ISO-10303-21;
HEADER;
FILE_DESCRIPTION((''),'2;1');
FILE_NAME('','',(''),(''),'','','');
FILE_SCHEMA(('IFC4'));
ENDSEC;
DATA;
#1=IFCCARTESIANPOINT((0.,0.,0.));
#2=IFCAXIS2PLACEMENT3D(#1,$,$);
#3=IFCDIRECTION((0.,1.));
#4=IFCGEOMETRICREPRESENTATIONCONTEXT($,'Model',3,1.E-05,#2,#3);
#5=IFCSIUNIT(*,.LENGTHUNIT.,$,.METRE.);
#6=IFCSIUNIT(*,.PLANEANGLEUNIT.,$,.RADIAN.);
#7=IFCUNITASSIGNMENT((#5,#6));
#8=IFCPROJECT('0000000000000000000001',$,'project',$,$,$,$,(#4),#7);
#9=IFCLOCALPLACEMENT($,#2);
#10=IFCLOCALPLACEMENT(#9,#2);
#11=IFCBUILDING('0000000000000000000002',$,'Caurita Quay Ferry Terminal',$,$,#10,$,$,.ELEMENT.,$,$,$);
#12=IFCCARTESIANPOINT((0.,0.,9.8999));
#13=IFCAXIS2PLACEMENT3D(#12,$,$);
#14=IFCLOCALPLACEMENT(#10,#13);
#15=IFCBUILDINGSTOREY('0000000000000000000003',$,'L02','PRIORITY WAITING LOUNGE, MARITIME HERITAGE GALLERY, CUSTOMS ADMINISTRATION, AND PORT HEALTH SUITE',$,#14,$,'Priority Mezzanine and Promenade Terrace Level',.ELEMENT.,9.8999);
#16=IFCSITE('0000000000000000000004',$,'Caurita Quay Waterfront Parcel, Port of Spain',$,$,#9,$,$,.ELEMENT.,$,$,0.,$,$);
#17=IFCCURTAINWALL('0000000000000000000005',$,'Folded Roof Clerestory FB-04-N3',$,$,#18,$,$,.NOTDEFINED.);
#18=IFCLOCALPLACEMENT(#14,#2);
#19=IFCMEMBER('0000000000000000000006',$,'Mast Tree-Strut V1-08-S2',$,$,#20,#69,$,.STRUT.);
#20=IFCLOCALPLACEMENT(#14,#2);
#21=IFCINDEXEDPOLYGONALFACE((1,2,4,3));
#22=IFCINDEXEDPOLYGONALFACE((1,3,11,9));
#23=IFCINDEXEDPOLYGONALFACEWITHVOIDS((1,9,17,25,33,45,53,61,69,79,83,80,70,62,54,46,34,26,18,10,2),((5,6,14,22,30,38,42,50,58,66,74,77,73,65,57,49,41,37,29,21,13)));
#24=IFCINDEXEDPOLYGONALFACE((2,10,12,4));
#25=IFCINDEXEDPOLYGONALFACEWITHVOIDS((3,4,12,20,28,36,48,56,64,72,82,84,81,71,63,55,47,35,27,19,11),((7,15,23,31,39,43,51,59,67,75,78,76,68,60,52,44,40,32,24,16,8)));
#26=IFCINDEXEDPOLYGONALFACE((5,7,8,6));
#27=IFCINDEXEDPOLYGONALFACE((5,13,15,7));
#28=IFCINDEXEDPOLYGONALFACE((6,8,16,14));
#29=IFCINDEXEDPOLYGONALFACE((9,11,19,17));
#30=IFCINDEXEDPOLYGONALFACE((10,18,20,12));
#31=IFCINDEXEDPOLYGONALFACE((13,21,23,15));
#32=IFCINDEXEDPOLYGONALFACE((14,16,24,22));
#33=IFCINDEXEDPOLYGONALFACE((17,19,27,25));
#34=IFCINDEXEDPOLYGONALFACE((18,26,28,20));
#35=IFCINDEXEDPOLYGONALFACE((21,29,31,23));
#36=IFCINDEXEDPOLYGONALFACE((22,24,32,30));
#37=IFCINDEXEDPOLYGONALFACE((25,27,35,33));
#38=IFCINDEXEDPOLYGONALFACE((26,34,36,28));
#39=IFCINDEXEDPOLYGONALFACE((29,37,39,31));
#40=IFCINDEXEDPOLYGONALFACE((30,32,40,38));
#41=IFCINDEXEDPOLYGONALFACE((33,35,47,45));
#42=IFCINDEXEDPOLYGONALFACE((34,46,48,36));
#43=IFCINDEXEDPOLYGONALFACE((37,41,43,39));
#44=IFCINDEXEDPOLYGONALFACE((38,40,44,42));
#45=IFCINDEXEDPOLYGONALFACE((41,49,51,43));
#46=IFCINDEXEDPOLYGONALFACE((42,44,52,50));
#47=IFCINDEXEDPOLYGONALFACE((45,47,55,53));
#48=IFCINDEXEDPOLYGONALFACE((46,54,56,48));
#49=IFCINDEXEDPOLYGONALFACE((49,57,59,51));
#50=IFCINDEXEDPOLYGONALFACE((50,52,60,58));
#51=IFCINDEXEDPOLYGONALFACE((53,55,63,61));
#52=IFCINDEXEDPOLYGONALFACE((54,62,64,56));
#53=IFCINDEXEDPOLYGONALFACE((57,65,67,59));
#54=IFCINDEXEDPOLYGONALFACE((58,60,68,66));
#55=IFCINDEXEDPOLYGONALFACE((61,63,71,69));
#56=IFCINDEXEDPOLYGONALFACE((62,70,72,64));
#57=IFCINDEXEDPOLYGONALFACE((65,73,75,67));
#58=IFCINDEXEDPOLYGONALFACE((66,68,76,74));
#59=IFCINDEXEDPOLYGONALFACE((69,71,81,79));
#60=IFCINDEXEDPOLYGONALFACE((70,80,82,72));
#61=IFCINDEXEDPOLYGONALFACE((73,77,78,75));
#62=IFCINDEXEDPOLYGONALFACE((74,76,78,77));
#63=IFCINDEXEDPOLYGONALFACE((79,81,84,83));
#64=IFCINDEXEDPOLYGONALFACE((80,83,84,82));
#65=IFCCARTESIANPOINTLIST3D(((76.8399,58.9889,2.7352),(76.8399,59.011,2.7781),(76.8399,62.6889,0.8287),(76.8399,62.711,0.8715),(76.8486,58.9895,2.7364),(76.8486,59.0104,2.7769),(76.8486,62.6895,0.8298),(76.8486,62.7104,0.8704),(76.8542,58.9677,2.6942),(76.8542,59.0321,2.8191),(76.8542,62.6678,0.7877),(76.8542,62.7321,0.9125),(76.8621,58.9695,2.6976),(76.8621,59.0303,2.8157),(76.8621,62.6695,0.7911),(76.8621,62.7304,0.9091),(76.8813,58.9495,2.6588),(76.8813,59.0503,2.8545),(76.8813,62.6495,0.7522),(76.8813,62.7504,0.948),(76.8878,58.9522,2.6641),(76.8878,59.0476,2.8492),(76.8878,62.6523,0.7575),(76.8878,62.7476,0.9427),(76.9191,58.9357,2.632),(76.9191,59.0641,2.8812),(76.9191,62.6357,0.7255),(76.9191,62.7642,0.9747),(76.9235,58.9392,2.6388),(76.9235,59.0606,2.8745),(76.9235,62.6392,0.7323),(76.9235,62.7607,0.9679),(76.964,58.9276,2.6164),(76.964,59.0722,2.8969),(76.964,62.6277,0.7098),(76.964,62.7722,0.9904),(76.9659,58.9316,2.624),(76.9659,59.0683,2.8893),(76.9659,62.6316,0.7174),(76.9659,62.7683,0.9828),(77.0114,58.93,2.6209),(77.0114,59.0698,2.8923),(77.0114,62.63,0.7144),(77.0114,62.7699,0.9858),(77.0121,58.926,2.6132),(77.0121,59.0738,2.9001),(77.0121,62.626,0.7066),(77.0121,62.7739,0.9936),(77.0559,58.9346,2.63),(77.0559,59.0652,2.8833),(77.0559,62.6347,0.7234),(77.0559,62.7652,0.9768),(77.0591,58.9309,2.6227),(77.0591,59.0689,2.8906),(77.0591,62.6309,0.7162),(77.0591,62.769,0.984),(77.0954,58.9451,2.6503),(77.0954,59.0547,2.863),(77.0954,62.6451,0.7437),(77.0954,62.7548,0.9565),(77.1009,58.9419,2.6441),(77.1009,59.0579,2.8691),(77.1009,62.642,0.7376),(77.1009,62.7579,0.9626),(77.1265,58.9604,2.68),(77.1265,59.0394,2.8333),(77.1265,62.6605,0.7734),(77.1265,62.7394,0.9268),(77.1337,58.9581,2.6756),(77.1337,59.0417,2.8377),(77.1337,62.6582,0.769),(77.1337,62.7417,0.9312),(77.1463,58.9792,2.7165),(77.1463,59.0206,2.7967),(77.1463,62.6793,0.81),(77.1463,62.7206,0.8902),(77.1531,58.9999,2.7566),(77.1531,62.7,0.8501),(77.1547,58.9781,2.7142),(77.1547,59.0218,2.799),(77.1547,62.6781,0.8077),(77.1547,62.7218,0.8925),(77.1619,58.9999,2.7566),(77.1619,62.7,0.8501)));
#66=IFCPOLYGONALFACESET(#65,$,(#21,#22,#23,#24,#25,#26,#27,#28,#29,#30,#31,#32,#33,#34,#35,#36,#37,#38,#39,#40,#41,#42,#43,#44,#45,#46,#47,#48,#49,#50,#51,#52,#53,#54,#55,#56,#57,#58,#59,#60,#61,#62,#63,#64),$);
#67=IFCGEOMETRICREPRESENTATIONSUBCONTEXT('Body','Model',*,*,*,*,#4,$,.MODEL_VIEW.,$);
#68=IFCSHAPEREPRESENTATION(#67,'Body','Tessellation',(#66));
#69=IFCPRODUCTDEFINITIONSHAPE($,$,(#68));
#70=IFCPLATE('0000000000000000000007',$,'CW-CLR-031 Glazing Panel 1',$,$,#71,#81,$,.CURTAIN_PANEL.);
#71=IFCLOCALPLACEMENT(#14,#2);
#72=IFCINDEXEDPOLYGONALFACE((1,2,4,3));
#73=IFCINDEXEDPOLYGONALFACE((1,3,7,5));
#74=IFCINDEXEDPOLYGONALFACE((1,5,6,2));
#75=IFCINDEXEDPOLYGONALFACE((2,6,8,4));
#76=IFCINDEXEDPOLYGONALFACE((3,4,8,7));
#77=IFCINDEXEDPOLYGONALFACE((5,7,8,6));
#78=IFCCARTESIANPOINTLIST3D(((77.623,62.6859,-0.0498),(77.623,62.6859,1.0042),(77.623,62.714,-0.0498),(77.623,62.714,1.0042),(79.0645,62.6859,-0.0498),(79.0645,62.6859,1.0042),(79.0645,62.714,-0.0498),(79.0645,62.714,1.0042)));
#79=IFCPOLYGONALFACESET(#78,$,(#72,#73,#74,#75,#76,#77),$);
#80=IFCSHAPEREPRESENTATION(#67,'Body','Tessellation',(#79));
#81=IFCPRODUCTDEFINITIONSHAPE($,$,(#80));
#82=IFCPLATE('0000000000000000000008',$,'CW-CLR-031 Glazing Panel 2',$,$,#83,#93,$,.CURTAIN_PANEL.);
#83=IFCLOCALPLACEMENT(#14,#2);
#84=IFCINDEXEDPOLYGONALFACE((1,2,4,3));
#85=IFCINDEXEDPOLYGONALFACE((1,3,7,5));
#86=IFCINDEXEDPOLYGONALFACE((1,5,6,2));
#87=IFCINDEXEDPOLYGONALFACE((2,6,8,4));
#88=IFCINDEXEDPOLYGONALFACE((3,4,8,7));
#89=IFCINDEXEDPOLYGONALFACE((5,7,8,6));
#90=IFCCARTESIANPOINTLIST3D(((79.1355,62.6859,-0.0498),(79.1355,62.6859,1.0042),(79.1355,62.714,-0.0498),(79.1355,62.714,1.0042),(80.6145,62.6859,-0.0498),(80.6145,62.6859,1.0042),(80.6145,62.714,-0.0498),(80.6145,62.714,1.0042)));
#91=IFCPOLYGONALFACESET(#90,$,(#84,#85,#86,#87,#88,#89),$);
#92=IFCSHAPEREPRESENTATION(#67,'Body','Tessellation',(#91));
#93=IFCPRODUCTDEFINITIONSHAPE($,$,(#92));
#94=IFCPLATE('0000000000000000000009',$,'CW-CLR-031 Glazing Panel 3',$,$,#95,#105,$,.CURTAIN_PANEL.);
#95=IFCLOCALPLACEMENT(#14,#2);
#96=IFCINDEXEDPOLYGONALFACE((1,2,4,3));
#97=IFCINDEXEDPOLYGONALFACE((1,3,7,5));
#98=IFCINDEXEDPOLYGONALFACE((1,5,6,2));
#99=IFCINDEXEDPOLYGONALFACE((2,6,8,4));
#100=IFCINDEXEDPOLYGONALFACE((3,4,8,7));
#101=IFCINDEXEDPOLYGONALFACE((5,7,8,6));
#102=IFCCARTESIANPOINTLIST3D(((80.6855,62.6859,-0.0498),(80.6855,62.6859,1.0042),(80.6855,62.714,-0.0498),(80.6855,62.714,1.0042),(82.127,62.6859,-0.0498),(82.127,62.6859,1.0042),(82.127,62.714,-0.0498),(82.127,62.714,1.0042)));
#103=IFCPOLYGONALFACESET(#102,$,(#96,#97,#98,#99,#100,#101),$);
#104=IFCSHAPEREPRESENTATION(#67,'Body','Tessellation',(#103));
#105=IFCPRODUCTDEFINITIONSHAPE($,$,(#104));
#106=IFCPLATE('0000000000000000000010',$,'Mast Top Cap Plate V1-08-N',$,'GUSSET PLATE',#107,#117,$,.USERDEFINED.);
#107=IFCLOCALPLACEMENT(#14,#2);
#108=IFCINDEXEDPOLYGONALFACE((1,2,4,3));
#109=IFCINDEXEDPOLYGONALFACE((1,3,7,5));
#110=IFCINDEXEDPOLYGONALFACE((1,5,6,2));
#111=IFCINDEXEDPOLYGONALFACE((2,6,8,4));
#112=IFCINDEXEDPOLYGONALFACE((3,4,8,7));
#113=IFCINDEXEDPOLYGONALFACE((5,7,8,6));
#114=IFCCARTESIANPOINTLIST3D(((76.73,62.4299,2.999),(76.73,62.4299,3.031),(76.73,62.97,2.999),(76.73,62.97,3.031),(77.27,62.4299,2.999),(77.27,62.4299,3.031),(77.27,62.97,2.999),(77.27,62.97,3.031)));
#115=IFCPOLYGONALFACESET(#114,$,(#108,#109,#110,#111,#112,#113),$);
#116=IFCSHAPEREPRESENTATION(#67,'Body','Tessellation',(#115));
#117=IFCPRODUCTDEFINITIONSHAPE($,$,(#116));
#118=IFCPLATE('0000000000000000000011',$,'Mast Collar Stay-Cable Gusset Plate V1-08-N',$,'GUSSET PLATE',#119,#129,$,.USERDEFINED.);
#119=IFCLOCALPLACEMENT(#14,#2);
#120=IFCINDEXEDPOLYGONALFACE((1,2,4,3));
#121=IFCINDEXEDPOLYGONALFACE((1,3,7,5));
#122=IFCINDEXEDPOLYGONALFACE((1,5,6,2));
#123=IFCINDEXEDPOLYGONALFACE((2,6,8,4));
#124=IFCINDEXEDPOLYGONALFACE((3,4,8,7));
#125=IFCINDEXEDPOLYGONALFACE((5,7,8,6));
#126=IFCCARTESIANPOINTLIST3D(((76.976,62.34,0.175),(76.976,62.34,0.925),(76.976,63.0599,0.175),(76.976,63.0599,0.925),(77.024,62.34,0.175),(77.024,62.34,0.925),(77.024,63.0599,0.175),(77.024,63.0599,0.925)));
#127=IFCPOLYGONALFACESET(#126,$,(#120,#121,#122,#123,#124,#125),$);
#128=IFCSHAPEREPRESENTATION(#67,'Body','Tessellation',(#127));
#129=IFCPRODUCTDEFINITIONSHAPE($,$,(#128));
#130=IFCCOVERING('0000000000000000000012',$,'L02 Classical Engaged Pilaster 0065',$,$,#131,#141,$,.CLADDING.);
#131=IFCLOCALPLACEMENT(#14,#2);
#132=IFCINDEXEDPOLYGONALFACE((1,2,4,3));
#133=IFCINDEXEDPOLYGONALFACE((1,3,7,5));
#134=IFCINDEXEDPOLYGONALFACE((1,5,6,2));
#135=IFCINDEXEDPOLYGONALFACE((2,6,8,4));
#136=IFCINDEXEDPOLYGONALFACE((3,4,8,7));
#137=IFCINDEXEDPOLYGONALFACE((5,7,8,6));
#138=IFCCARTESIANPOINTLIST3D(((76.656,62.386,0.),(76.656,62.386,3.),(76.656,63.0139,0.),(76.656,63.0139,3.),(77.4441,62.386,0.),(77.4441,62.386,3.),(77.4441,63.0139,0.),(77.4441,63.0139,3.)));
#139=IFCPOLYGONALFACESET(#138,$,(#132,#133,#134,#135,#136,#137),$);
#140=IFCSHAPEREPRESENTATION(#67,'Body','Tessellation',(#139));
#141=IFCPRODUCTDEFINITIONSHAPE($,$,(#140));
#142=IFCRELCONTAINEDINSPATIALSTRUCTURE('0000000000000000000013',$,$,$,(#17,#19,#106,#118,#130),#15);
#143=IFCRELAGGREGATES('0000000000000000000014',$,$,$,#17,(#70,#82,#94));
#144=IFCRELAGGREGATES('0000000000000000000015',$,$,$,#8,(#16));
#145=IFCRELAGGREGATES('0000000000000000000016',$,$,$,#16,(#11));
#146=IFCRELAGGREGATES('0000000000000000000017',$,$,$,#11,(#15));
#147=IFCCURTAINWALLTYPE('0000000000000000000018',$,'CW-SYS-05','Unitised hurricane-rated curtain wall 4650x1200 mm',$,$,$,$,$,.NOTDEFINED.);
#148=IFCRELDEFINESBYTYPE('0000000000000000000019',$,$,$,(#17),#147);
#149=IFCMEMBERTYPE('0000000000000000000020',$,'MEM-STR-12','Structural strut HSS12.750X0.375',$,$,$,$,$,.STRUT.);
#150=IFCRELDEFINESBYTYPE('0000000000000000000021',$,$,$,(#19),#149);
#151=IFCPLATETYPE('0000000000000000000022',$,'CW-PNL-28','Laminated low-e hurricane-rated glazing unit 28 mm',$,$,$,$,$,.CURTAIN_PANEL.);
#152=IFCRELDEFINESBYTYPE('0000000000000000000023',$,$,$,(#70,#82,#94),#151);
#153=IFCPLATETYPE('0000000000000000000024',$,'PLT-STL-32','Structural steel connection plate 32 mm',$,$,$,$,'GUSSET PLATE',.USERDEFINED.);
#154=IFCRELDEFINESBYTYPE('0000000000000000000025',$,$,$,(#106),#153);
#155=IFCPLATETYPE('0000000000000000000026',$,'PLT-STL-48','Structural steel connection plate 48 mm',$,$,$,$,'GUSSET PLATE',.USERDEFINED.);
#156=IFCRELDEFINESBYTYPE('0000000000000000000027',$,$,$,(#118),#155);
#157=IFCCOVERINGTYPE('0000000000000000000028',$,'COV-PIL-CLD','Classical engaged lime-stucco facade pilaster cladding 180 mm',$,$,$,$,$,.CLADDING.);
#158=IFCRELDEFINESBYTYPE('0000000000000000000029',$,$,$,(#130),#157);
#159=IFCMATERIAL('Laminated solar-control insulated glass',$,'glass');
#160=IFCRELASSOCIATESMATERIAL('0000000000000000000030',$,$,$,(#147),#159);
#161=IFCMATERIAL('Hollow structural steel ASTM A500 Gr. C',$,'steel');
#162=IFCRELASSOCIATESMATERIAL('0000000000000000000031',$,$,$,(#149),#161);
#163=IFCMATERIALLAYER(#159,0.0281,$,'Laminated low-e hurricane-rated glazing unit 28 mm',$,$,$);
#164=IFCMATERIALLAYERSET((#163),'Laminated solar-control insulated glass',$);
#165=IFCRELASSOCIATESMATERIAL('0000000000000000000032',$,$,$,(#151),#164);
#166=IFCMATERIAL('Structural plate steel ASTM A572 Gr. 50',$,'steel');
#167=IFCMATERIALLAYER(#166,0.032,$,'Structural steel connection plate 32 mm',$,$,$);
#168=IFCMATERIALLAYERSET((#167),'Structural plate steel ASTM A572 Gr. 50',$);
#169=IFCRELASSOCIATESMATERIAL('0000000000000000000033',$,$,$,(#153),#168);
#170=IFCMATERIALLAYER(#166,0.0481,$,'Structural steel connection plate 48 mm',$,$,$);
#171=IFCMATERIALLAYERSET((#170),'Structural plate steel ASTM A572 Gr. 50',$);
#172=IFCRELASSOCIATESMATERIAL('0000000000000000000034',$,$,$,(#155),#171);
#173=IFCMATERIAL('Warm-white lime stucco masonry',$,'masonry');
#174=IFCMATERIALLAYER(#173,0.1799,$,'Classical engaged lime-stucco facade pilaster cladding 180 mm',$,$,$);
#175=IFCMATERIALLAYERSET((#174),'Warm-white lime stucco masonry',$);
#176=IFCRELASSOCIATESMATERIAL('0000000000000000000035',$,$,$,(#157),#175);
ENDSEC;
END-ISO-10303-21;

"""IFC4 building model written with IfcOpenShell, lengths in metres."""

from ifc_helpers import new_model, si_unit, direction, frame, origin, origin_2d, place, context, subcontext, project, spatial, rectangle, hollow_circle, extrude, material, layer, layer_set, material_profile, profile_set, type_object, element, aggregate, save


model = new_model("IFC4")

# Units and contexts
model_context = context("Model", 3, precision=1e-05, world=origin(), true_north=direction((0.0, 1.0)))
body_context = subcontext(model_context, "Body", "Model", "MODEL_VIEW")
ifc_project = project(units=[si_unit("LENGTHUNIT", "METRE"), si_unit("PLANEANGLEUNIT", "RADIAN")], contexts=[model_context])

# Site, building, storey
site_placement = place(None, origin())
site = spatial("IfcSite", under=ifc_project, at=site_placement, Name="Caurita Quay Waterfront Parcel, Port of Spain", CompositionType="ELEMENT", RefElevation=0.0)
building_placement = place(site_placement, origin())
building = spatial("IfcBuilding", under=site, at=building_placement, Name="Caurita Quay Ferry Terminal", CompositionType="ELEMENT")
storey_placement = place(building_placement, frame((0.0, 0.0, 9.8999)))
storey = spatial("IfcBuildingStorey", under=building, at=storey_placement, Name="L02", Description="PRIORITY WAITING LOUNGE, MARITIME HERITAGE GALLERY, CUSTOMS ADMINISTRATION, AND PORT HEALTH SUITE", LongName="Priority Mezzanine and Promenade Terrace Level", CompositionType="ELEMENT", Elevation=9.8999)

# Shared definitions
ifc_material_1 = material(Name="Hollow structural steel ASTM A500 Gr. C", Category="steel")

# Curtain wall
ifc_material_2 = material(Name="Laminated solar-control insulated glass", Category="glass")
curtain_wall_type = type_object("IfcCurtainWallType", Name="CW-SYS-05", Description="Unitised hurricane-rated curtain wall 4650x1200 mm", PredefinedType="NOTDEFINED", material=ifc_material_2)
curtain_wall_placement = place(storey_placement, origin())
curtain_wall = element("IfcCurtainWall", 1, at=curtain_wall_placement, inside=storey, type_object=curtain_wall_type, Name="Folded Roof Clerestory FB-04-N3", PredefinedType="NOTDEFINED")

# Member
ifc_material_profile_1 = material_profile(ifc_material_1, hollow_circle(Radius=0.1619, WallThickness=0.0088, at=origin_2d()), Name="HSS12.750X0.375")
ifc_profile_set_1 = profile_set([ifc_material_profile_1], Name="Hollow structural steel ASTM A500 Gr. C")
member_type_1 = type_object("IfcMemberType", Name="MEM-STR-12", Description="Structural strut HSS12.750X0.375", PredefinedType="STRUT", material=ifc_profile_set_1)
member_1_placement = place(storey_placement, frame((77.0, 62.7, 0.8501), z_axis=(0.0, -0.88893, 0.458044), x_axis=(1.0, 0.0, 0.0)))
element("IfcMember", 2, at=member_1_placement, inside=storey, type_object=member_type_1, Name="Mast Tree-Strut V1-08-S2", PredefinedType="STRUT", context=body_context, shape_type="SweptSolid", body=[
    extrude(hollow_circle(Radius=0.1619, WallThickness=0.0088, at=origin_2d()), origin(), (0.0, 0.0, 1.0), 4.1624),
])

# Plates
ifc_layer_1 = layer(ifc_material_2, 0.0281, Name="Laminated low-e hurricane-rated glazing unit 28 mm")
ifc_layer_set_1 = layer_set([ifc_layer_1], Name="Laminated solar-control insulated glass")
plate_type_1 = type_object("IfcPlateType", Name="CW-PNL-28", Description="Laminated low-e hurricane-rated glazing unit 28 mm", PredefinedType="CURTAIN_PANEL", material=ifc_layer_set_1)
plate_1_placement = place(storey_placement, frame((78.3438, 62.7, -0.0498), z_axis=(0.0, 0.0, 1.0), x_axis=(1.0, 0.0, 0.0)))
plate_1 = element("IfcPlate", 3, at=plate_1_placement, type_object=plate_type_1, Name="CW-CLR-031 Glazing Panel 1", PredefinedType="CURTAIN_PANEL", context=body_context, shape_type="SweptSolid", body=[
    extrude(rectangle(XDim=1.4414, YDim=0.0281, at=origin_2d()), origin(), (0.0, 0.0, 1.0), 1.054),
])
plate_2_placement = place(storey_placement, frame((79.875, 62.7, -0.0498), z_axis=(0.0, 0.0, 1.0), x_axis=(1.0, 0.0, 0.0)))
plate_2 = element("IfcPlate", 4, at=plate_2_placement, type_object=plate_type_1, Name="CW-CLR-031 Glazing Panel 2", PredefinedType="CURTAIN_PANEL", context=body_context, shape_type="SweptSolid", body=[
    extrude(rectangle(XDim=1.479, YDim=0.0281, at=origin_2d()), origin(), (0.0, 0.0, 1.0), 1.054),
])
plate_3_placement = place(storey_placement, frame((81.4062, 62.7, -0.0498), z_axis=(0.0, 0.0, 1.0), x_axis=(1.0, 0.0, 0.0)))
plate_3 = element("IfcPlate", 5, at=plate_3_placement, type_object=plate_type_1, Name="CW-CLR-031 Glazing Panel 3", PredefinedType="CURTAIN_PANEL", context=body_context, shape_type="SweptSolid", body=[
    extrude(rectangle(XDim=1.4414, YDim=0.0281, at=origin_2d()), origin(), (0.0, 0.0, 1.0), 1.054),
])
aggregate(curtain_wall, [plate_1, plate_2, plate_3])

# Plates
ifc_material_3 = material(Name="Structural plate steel ASTM A572 Gr. 50", Category="steel")
ifc_layer_2 = layer(ifc_material_3, 0.032, Name="Structural steel connection plate 32 mm")
ifc_layer_set_2 = layer_set([ifc_layer_2], Name="Structural plate steel ASTM A572 Gr. 50")
plate_type_2 = type_object("IfcPlateType", Name="PLT-STL-32", Description="Structural steel connection plate 32 mm", ElementType="GUSSET PLATE", PredefinedType="USERDEFINED", material=ifc_layer_set_2)
plate_4_placement = place(storey_placement, frame((77.0, 62.7, 2.999), z_axis=(0.0, 0.0, 1.0), x_axis=(1.0, 0.0, 0.0)))
element("IfcPlate", 6, at=plate_4_placement, inside=storey, type_object=plate_type_2, Name="Mast Top Cap Plate V1-08-N", ObjectType="GUSSET PLATE", PredefinedType="USERDEFINED", context=body_context, shape_type="SweptSolid", body=[
    extrude(rectangle(XDim=0.54, YDim=0.54, at=origin_2d()), origin(), (0.0, 0.0, 1.0), 0.032),
])
ifc_layer_3 = layer(ifc_material_3, 0.0481, Name="Structural steel connection plate 48 mm")
ifc_layer_set_3 = layer_set([ifc_layer_3], Name="Structural plate steel ASTM A572 Gr. 50")
plate_type_3 = type_object("IfcPlateType", Name="PLT-STL-48", Description="Structural steel connection plate 48 mm", ElementType="GUSSET PLATE", PredefinedType="USERDEFINED", material=ifc_layer_set_3)
plate_5_placement = place(storey_placement, frame((77.0, 62.7, 0.175), z_axis=(0.0, 0.0, 1.0), x_axis=(1.0, 0.0, 0.0)))
element("IfcPlate", 7, at=plate_5_placement, inside=storey, type_object=plate_type_3, Name="Mast Collar Stay-Cable Gusset Plate V1-08-N", ObjectType="GUSSET PLATE", PredefinedType="USERDEFINED", context=body_context, shape_type="SweptSolid", body=[
    extrude(rectangle(XDim=0.0481, YDim=0.72, at=origin_2d()), origin(), (0.0, 0.0, 1.0), 0.75),
])

# Covering
ifc_material_4 = material(Name="Warm-white lime stucco masonry", Category="masonry")
ifc_layer_4 = layer(ifc_material_4, 0.1799, Name="Classical engaged lime-stucco facade pilaster cladding 180 mm")
ifc_layer_set_4 = layer_set([ifc_layer_4], Name="Warm-white lime stucco masonry")
covering_type = type_object("IfcCoveringType", Name="COV-PIL-CLD", Description="Classical engaged lime-stucco facade pilaster cladding 180 mm", PredefinedType="CLADDING", material=ifc_layer_set_4)
covering_placement = place(storey_placement, frame((77.05, 62.7, 0.0), z_axis=(0.0, 0.0, 1.0), x_axis=(1.0, 0.0, 0.0)))
element("IfcCovering", 8, at=covering_placement, inside=storey, type_object=covering_type, Name="L02 Classical Engaged Pilaster 0065", PredefinedType="CLADDING", context=body_context, shape_type="SweptSolid", body=[
    extrude(rectangle(XDim=0.7881, YDim=0.6279, at=origin_2d()), origin(), (0.0, 0.0, 1.0), 3.0),
])

save(model, "model.ifc")
